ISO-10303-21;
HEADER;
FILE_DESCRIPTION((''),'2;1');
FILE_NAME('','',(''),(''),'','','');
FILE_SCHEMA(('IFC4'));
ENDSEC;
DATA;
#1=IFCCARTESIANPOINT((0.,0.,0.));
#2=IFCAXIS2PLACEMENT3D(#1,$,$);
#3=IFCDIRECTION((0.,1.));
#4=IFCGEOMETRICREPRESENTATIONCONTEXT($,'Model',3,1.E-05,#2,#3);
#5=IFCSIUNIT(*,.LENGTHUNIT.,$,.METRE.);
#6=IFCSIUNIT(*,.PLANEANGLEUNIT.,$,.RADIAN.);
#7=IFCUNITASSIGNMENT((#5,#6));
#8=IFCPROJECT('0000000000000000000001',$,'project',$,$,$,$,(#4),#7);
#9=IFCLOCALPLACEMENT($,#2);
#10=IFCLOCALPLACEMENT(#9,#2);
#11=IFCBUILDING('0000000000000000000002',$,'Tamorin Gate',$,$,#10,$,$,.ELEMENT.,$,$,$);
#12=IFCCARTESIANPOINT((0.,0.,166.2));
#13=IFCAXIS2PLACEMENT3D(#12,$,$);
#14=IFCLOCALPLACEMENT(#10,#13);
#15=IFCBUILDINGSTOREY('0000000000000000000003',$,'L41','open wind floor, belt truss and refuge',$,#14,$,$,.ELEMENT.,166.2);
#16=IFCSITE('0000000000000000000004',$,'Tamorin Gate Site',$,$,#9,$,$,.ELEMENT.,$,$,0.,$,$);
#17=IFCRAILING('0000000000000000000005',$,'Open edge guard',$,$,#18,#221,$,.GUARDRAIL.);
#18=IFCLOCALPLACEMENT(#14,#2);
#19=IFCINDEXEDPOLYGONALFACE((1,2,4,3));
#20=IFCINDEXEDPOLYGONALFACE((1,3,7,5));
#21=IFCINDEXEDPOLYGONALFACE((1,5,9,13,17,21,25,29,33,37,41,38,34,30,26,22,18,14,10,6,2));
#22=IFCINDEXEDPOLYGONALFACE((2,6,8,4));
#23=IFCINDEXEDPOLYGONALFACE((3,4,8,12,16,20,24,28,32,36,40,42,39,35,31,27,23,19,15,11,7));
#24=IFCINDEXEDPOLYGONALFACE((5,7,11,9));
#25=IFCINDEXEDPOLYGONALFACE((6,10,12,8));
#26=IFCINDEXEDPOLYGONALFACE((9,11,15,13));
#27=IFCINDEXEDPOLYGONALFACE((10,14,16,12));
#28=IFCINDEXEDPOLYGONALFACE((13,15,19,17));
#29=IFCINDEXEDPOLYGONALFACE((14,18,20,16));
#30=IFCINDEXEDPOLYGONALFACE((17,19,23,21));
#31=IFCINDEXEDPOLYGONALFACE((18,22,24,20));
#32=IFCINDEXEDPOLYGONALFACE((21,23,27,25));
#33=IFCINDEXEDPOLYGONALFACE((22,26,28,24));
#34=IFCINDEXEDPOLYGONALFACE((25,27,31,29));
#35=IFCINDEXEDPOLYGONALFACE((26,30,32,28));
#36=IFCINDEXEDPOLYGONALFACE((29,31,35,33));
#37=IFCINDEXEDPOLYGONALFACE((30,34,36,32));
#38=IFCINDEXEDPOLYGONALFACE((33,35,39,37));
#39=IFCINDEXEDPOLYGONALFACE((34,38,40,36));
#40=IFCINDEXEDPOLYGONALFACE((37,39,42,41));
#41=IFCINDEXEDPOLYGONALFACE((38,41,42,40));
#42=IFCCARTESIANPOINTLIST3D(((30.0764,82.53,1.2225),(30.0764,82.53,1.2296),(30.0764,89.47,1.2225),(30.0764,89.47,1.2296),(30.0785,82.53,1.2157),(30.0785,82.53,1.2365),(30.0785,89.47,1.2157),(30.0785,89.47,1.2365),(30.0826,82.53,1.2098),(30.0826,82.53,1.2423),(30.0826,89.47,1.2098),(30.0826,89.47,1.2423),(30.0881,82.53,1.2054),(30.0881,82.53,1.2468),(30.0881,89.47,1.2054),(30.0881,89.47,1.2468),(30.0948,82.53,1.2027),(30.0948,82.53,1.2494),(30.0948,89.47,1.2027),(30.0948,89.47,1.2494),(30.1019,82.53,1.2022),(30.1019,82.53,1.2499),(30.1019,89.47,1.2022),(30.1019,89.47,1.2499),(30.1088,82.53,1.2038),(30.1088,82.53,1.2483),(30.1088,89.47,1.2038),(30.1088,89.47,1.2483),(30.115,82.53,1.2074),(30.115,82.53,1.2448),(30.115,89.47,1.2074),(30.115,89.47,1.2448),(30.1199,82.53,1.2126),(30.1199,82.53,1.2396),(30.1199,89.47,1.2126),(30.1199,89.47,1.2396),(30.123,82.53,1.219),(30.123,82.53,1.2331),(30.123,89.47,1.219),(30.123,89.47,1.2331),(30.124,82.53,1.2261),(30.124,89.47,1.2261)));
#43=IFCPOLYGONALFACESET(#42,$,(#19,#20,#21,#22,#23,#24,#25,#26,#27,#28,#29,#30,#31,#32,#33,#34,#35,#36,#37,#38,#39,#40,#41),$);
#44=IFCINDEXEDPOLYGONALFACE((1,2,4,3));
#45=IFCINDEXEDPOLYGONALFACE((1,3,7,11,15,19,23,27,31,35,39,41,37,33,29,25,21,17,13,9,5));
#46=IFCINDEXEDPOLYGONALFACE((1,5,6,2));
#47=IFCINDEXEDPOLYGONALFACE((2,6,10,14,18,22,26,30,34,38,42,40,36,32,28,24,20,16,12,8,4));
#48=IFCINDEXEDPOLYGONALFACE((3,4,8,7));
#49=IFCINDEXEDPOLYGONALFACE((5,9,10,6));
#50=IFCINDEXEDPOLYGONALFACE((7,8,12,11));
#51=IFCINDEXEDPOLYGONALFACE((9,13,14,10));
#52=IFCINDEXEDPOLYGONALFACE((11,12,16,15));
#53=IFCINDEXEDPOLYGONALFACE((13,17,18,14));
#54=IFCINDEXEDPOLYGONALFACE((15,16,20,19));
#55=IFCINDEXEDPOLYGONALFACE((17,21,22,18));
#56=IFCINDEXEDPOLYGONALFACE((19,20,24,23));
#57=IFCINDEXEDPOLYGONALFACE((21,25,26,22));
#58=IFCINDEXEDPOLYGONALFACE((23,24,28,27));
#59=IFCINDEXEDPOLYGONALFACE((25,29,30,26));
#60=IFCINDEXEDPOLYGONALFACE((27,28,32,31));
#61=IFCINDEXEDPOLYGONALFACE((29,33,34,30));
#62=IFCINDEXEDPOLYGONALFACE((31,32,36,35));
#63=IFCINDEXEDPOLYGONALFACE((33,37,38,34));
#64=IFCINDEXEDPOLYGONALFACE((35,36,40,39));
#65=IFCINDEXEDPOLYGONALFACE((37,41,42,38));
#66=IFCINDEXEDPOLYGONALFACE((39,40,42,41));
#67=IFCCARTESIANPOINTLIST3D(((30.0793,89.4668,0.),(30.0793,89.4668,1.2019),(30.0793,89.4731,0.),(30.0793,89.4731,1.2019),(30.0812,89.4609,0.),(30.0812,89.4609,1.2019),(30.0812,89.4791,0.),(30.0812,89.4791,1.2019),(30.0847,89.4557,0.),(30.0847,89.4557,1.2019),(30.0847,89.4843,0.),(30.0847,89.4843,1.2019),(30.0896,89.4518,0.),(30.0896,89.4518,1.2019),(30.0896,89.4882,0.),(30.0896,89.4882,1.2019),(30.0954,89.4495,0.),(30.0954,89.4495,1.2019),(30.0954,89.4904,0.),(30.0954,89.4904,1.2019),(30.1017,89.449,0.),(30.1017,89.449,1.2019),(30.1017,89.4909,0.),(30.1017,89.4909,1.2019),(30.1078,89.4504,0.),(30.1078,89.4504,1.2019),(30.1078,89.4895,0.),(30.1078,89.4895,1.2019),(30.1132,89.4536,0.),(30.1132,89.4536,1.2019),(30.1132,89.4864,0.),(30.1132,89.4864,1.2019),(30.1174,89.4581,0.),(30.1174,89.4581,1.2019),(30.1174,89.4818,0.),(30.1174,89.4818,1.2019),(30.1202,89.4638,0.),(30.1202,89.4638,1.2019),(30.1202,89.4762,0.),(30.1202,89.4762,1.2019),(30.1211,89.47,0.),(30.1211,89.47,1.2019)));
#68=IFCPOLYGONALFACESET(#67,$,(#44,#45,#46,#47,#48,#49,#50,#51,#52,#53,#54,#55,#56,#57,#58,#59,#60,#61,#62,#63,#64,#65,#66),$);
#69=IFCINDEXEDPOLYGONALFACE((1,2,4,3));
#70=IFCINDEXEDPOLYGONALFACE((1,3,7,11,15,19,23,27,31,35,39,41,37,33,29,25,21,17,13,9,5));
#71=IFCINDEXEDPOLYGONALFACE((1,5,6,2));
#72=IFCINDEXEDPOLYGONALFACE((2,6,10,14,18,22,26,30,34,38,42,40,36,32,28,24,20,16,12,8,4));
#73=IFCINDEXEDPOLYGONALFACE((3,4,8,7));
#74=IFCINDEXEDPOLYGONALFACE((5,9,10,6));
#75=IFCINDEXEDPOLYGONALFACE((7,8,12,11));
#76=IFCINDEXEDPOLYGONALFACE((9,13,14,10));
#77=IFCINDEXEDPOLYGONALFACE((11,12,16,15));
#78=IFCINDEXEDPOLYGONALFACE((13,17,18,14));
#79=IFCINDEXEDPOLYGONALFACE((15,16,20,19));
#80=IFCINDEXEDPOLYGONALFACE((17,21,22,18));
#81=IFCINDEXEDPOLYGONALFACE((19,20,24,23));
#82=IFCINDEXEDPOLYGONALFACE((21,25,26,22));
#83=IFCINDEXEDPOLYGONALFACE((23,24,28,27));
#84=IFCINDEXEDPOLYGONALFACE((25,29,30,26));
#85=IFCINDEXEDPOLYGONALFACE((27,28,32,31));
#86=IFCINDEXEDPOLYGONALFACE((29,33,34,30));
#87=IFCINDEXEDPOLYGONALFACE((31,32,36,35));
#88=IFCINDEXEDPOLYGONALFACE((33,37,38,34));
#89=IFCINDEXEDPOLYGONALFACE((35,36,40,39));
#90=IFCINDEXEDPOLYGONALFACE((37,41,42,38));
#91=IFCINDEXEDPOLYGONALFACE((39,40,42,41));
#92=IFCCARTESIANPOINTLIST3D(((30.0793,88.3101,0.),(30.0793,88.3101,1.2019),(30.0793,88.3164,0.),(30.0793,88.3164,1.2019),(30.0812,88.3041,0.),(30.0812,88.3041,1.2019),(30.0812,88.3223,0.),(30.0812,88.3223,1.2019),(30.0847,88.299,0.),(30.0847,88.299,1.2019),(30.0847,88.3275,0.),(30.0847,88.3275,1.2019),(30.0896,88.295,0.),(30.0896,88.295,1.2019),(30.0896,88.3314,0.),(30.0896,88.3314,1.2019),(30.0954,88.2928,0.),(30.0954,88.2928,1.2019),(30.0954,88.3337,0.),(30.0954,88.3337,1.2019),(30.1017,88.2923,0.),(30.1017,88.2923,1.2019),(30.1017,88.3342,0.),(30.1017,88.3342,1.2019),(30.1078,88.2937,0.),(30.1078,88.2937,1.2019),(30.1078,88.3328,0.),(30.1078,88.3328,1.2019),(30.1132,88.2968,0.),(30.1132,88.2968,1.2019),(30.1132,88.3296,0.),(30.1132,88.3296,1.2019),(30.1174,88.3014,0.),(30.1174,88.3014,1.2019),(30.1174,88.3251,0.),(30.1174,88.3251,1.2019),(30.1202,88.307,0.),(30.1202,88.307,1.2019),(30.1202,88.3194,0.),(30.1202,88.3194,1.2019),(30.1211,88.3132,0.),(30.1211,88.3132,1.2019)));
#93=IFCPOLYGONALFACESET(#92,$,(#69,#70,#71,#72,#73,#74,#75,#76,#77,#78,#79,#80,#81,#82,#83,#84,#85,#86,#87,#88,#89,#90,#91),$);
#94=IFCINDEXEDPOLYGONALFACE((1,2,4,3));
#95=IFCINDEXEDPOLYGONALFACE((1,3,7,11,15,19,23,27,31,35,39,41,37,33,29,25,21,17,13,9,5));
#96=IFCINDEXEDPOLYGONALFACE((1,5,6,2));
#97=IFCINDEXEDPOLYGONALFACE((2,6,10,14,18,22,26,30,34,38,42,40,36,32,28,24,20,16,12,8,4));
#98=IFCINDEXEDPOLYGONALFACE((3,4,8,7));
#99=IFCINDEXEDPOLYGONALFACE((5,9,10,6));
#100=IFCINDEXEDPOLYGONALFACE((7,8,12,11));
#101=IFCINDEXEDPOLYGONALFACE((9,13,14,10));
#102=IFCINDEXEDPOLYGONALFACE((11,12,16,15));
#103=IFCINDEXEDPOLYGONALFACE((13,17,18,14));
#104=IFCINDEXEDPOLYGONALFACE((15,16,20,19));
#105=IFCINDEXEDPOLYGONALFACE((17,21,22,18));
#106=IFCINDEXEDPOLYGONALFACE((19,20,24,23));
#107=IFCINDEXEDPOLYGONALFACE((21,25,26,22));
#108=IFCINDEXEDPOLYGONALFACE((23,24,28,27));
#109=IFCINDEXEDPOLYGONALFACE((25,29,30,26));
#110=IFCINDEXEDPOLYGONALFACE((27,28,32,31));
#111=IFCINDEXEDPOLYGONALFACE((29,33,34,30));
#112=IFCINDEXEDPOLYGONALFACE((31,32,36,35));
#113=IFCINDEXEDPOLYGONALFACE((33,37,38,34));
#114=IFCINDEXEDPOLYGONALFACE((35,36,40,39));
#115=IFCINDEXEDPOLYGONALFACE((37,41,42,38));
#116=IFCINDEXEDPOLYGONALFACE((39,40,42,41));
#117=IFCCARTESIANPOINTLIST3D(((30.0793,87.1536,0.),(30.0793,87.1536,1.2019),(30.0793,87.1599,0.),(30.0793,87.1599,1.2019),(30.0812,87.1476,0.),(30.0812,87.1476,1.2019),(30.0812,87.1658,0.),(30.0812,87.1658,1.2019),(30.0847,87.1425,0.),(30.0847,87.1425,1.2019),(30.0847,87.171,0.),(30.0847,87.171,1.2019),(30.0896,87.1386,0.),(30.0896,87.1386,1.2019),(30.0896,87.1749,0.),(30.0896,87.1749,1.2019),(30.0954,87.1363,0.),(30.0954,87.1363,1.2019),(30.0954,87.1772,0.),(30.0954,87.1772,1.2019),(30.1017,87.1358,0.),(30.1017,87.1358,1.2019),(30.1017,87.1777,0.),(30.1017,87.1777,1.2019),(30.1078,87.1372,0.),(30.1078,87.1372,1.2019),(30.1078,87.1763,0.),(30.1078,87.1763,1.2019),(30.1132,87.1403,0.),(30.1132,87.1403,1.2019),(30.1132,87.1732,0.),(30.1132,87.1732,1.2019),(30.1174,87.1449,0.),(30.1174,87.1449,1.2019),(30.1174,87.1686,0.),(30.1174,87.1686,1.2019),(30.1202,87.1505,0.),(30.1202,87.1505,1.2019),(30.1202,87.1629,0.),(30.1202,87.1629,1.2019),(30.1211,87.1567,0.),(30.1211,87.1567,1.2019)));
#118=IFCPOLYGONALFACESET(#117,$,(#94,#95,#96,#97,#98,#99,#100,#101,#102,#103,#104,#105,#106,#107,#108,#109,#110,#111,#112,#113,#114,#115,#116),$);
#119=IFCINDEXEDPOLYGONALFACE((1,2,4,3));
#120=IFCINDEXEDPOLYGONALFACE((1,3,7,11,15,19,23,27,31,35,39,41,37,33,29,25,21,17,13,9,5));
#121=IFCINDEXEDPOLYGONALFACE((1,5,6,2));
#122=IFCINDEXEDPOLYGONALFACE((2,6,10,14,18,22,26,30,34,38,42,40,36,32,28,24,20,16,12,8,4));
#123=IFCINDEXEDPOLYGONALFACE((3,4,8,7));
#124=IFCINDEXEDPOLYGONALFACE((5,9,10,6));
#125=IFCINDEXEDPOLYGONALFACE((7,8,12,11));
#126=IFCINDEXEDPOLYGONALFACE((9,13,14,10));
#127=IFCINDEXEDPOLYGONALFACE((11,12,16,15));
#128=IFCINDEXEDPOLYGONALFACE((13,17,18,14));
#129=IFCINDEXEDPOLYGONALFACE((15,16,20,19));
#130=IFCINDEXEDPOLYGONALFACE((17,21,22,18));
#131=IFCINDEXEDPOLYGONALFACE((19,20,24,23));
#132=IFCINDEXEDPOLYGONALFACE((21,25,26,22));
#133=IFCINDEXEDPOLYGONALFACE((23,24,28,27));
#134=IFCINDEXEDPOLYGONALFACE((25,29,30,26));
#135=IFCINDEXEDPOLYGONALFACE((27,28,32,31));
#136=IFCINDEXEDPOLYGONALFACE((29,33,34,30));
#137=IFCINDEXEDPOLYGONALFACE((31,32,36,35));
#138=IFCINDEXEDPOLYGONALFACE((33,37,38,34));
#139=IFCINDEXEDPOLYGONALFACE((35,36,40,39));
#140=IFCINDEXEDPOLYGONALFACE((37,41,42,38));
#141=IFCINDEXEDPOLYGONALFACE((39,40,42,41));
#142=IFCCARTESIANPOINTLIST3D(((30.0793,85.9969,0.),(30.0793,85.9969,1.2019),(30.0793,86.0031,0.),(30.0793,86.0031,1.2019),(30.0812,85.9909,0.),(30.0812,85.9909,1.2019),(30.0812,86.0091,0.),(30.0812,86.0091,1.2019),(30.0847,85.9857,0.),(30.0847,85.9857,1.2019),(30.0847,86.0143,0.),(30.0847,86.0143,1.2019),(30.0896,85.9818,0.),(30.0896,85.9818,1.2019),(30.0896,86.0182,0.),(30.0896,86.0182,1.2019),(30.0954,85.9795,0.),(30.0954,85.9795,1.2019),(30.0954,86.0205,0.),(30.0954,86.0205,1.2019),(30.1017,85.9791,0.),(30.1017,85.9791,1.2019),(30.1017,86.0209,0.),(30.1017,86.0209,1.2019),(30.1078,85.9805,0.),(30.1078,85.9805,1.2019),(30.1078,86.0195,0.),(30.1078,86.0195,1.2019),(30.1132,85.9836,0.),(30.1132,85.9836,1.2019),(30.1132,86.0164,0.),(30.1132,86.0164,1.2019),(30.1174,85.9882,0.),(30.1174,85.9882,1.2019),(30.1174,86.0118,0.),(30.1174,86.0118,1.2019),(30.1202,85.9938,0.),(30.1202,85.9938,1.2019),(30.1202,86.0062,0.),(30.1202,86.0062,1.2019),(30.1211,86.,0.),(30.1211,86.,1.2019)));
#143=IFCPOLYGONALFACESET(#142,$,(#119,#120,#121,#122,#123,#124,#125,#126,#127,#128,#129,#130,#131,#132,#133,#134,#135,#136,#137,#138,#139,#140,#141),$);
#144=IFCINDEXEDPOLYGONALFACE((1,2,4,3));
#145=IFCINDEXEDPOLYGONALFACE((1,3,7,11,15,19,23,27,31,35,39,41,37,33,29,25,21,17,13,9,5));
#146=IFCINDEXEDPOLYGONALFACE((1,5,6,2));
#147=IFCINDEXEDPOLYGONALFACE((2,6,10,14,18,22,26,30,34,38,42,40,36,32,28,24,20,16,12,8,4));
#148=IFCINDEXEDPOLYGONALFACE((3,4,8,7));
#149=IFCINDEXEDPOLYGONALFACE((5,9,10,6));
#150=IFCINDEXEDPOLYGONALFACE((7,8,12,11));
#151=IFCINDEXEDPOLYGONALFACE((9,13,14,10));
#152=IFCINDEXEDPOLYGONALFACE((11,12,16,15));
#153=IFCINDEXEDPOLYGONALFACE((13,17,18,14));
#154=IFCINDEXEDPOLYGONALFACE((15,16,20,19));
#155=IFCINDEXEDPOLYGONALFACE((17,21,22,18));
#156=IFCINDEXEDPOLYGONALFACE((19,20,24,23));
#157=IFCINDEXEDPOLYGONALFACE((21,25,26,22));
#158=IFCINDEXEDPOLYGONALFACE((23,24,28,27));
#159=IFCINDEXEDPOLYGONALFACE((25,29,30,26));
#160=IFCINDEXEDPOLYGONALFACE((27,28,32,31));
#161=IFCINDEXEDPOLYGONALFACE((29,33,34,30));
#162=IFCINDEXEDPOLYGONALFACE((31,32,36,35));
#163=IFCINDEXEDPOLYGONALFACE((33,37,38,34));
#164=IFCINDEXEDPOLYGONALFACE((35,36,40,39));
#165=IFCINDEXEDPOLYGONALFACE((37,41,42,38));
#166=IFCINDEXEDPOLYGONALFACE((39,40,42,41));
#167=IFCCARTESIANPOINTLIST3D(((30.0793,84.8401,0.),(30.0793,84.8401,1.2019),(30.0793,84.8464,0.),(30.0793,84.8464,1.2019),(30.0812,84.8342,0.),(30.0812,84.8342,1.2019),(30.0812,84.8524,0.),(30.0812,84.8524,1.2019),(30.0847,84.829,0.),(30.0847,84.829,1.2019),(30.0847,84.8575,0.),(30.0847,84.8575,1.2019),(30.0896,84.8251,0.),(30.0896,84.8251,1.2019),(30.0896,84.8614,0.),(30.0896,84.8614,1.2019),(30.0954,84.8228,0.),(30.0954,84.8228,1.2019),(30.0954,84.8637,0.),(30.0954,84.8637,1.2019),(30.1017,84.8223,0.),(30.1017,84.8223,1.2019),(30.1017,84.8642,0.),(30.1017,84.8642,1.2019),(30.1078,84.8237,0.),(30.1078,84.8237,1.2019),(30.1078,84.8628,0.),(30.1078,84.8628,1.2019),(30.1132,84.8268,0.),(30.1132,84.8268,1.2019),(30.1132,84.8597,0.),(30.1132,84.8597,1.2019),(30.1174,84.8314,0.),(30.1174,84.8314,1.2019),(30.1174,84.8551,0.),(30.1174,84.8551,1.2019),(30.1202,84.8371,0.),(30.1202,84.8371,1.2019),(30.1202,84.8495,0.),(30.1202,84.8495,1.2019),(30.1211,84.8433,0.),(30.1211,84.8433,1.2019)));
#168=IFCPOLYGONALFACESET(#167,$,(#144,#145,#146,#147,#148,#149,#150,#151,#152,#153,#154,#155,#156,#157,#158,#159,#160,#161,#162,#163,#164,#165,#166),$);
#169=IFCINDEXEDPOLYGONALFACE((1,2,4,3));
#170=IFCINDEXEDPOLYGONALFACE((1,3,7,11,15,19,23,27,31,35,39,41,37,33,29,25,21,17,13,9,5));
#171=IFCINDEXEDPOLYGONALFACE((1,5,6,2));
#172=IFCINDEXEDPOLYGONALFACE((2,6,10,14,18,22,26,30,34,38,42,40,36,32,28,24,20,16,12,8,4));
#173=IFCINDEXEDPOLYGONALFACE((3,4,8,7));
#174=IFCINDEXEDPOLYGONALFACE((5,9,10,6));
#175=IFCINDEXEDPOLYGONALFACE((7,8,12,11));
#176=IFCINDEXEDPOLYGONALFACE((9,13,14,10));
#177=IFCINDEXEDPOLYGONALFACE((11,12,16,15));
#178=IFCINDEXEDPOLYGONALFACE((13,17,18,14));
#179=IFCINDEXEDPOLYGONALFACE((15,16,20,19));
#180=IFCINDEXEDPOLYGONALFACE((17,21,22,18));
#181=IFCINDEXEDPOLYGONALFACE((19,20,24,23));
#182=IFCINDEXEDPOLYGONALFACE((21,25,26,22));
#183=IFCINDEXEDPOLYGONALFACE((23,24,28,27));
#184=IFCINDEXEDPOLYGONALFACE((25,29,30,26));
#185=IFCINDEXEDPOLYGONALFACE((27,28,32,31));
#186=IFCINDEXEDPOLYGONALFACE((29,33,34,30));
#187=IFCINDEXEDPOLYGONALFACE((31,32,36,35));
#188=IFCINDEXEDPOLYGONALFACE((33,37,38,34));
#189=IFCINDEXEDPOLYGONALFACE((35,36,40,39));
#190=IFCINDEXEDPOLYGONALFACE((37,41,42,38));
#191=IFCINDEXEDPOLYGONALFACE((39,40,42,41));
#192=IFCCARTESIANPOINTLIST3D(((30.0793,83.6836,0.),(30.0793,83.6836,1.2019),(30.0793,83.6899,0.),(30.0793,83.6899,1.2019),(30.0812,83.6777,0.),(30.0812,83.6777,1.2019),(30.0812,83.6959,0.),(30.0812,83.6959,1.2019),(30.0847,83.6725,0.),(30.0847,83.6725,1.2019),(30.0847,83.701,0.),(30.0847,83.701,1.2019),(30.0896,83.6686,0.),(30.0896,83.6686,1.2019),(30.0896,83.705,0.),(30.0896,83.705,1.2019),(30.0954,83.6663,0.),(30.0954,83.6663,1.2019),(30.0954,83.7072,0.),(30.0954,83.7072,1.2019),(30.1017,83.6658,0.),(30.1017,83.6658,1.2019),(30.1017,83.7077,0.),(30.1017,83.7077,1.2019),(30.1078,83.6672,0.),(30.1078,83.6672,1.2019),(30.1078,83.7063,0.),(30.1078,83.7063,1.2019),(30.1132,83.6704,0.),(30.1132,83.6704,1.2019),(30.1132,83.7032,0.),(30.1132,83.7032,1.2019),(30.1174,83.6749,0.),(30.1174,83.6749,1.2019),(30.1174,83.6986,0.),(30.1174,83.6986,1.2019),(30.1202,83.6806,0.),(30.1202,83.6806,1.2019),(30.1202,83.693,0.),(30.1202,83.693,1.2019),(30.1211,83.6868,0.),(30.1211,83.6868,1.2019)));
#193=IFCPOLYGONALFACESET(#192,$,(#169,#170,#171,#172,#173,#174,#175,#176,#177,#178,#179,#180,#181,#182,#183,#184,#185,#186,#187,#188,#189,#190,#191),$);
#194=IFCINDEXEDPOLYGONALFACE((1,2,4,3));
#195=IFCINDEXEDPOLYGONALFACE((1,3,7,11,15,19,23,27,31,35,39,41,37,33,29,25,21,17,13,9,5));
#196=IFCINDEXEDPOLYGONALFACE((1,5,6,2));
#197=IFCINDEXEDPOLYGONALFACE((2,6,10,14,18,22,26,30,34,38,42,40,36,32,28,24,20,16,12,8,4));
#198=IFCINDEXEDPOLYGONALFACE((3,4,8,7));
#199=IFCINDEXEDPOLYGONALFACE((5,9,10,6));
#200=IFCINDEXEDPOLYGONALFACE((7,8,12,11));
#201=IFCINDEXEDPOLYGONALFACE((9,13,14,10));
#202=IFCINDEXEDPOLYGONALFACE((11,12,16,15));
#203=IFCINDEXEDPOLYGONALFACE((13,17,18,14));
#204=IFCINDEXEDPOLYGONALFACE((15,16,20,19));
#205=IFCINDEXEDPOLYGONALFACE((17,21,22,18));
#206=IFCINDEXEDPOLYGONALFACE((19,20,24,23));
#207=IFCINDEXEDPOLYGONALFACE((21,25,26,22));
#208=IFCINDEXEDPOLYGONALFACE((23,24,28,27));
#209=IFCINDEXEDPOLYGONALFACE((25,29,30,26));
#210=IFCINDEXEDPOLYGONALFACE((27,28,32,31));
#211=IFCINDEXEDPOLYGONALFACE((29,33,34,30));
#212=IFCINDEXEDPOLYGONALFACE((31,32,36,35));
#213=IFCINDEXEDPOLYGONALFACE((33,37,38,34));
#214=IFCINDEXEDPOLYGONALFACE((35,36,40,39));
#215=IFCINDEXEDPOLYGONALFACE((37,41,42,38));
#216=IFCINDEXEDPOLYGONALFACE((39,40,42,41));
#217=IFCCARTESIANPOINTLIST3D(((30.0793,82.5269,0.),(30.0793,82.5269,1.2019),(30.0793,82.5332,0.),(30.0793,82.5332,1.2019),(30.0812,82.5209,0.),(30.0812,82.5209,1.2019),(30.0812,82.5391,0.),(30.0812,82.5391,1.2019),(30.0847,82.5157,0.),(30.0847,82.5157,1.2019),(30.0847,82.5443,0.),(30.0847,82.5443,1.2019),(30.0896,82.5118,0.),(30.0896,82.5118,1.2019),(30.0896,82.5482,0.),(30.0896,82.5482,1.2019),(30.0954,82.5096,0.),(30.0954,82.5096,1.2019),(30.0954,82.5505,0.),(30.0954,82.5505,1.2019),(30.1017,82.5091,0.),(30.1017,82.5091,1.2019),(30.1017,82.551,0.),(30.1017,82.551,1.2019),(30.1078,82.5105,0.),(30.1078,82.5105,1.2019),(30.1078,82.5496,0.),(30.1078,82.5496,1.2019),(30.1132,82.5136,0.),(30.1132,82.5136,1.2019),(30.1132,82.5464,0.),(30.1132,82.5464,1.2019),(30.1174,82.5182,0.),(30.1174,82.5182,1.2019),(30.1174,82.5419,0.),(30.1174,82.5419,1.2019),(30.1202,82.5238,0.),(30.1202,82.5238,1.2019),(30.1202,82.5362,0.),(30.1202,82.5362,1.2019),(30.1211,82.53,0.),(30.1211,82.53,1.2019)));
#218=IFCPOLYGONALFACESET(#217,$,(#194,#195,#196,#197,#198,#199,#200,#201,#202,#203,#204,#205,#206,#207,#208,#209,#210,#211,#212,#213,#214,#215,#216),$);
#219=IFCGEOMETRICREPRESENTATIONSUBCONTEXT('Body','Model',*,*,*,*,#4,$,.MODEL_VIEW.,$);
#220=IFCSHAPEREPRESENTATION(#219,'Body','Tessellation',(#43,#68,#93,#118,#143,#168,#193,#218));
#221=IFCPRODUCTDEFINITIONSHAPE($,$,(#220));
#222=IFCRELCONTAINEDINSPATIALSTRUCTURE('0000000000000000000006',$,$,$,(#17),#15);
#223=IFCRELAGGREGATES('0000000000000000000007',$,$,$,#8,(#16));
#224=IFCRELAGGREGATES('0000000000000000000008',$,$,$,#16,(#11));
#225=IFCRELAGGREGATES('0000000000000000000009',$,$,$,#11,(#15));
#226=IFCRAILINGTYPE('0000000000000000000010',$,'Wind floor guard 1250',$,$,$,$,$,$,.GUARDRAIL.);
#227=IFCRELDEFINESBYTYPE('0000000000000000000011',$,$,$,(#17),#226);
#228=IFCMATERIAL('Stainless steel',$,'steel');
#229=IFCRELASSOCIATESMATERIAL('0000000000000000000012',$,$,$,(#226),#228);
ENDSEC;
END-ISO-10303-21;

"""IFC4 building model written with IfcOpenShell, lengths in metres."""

from ifc_helpers import new_model, si_unit, direction, frame, origin, origin_2d, place, context, subcontext, project, spatial, circle, extrude, material, type_object, element, save


model = new_model("IFC4")

# Units and contexts
model_context = context("Model", 3, precision=1e-05, world=origin(), true_north=direction((0.0, 1.0)))
body_context = subcontext(model_context, "Body", "Model", "MODEL_VIEW")
ifc_project = project(units=[si_unit("LENGTHUNIT", "METRE"), si_unit("PLANEANGLEUNIT", "RADIAN")], contexts=[model_context])

# Site, building, storey
site_placement = place(None, origin())
site = spatial("IfcSite", under=ifc_project, at=site_placement, Name="Tamorin Gate Site", CompositionType="ELEMENT", RefElevation=0.0)
building_placement = place(site_placement, origin())
building = spatial("IfcBuilding", under=site, at=building_placement, Name="Tamorin Gate", CompositionType="ELEMENT")
storey_placement = place(building_placement, frame((0.0, 0.0, 166.2)))
storey = spatial("IfcBuildingStorey", under=building, at=storey_placement, Name="L41", Description="open wind floor, belt truss and refuge", CompositionType="ELEMENT", Elevation=166.2)

# Railing
ifc_material_1 = material(Name="Stainless steel", Category="steel")
railing_type = type_object("IfcRailingType", Name="Wind floor guard 1250", PredefinedType="GUARDRAIL", material=ifc_material_1)
railing_1_placement = place(storey_placement, frame((30.1001, 89.47, 0.0)))
element("IfcRailing", 1, at=railing_1_placement, inside=storey, type_object=railing_type, Name="Open edge guard", PredefinedType="GUARDRAIL", context=body_context, shape_type="SweptSolid", body=[
    extrude(circle(Radius=0.0239, at=origin_2d()), frame((0.0, 0.0, 1.2261), z_axis=(0.0, -1.0, 0.0), x_axis=(1.0, 0.0, 0.0)), (0.0, 0.0, 1.0), 6.9399),
    extrude(circle(Radius=0.021, at=origin_2d()), origin(), (0.0, 0.0, 1.0), 1.2019),
    extrude(circle(Radius=0.021, at=origin_2d()), frame((0.0, -1.1567, 0.0)), (0.0, 0.0, 1.0), 1.2019),
    extrude(circle(Radius=0.021, at=origin_2d()), frame((0.0, -2.3132, 0.0)), (0.0, 0.0, 1.0), 1.2019),
    extrude(circle(Radius=0.021, at=origin_2d()), frame((0.0, -3.47, 0.0)), (0.0, 0.0, 1.0), 1.2019),
    extrude(circle(Radius=0.021, at=origin_2d()), frame((0.0, -4.6267, 0.0)), (0.0, 0.0, 1.0), 1.2019),
    extrude(circle(Radius=0.021, at=origin_2d()), frame((0.0, -5.7832, 0.0)), (0.0, 0.0, 1.0), 1.2019),
    extrude(circle(Radius=0.021, at=origin_2d()), frame((0.0, -6.9399, 0.0)), (0.0, 0.0, 1.0), 1.2019),
])

save(model, "model.ifc")
